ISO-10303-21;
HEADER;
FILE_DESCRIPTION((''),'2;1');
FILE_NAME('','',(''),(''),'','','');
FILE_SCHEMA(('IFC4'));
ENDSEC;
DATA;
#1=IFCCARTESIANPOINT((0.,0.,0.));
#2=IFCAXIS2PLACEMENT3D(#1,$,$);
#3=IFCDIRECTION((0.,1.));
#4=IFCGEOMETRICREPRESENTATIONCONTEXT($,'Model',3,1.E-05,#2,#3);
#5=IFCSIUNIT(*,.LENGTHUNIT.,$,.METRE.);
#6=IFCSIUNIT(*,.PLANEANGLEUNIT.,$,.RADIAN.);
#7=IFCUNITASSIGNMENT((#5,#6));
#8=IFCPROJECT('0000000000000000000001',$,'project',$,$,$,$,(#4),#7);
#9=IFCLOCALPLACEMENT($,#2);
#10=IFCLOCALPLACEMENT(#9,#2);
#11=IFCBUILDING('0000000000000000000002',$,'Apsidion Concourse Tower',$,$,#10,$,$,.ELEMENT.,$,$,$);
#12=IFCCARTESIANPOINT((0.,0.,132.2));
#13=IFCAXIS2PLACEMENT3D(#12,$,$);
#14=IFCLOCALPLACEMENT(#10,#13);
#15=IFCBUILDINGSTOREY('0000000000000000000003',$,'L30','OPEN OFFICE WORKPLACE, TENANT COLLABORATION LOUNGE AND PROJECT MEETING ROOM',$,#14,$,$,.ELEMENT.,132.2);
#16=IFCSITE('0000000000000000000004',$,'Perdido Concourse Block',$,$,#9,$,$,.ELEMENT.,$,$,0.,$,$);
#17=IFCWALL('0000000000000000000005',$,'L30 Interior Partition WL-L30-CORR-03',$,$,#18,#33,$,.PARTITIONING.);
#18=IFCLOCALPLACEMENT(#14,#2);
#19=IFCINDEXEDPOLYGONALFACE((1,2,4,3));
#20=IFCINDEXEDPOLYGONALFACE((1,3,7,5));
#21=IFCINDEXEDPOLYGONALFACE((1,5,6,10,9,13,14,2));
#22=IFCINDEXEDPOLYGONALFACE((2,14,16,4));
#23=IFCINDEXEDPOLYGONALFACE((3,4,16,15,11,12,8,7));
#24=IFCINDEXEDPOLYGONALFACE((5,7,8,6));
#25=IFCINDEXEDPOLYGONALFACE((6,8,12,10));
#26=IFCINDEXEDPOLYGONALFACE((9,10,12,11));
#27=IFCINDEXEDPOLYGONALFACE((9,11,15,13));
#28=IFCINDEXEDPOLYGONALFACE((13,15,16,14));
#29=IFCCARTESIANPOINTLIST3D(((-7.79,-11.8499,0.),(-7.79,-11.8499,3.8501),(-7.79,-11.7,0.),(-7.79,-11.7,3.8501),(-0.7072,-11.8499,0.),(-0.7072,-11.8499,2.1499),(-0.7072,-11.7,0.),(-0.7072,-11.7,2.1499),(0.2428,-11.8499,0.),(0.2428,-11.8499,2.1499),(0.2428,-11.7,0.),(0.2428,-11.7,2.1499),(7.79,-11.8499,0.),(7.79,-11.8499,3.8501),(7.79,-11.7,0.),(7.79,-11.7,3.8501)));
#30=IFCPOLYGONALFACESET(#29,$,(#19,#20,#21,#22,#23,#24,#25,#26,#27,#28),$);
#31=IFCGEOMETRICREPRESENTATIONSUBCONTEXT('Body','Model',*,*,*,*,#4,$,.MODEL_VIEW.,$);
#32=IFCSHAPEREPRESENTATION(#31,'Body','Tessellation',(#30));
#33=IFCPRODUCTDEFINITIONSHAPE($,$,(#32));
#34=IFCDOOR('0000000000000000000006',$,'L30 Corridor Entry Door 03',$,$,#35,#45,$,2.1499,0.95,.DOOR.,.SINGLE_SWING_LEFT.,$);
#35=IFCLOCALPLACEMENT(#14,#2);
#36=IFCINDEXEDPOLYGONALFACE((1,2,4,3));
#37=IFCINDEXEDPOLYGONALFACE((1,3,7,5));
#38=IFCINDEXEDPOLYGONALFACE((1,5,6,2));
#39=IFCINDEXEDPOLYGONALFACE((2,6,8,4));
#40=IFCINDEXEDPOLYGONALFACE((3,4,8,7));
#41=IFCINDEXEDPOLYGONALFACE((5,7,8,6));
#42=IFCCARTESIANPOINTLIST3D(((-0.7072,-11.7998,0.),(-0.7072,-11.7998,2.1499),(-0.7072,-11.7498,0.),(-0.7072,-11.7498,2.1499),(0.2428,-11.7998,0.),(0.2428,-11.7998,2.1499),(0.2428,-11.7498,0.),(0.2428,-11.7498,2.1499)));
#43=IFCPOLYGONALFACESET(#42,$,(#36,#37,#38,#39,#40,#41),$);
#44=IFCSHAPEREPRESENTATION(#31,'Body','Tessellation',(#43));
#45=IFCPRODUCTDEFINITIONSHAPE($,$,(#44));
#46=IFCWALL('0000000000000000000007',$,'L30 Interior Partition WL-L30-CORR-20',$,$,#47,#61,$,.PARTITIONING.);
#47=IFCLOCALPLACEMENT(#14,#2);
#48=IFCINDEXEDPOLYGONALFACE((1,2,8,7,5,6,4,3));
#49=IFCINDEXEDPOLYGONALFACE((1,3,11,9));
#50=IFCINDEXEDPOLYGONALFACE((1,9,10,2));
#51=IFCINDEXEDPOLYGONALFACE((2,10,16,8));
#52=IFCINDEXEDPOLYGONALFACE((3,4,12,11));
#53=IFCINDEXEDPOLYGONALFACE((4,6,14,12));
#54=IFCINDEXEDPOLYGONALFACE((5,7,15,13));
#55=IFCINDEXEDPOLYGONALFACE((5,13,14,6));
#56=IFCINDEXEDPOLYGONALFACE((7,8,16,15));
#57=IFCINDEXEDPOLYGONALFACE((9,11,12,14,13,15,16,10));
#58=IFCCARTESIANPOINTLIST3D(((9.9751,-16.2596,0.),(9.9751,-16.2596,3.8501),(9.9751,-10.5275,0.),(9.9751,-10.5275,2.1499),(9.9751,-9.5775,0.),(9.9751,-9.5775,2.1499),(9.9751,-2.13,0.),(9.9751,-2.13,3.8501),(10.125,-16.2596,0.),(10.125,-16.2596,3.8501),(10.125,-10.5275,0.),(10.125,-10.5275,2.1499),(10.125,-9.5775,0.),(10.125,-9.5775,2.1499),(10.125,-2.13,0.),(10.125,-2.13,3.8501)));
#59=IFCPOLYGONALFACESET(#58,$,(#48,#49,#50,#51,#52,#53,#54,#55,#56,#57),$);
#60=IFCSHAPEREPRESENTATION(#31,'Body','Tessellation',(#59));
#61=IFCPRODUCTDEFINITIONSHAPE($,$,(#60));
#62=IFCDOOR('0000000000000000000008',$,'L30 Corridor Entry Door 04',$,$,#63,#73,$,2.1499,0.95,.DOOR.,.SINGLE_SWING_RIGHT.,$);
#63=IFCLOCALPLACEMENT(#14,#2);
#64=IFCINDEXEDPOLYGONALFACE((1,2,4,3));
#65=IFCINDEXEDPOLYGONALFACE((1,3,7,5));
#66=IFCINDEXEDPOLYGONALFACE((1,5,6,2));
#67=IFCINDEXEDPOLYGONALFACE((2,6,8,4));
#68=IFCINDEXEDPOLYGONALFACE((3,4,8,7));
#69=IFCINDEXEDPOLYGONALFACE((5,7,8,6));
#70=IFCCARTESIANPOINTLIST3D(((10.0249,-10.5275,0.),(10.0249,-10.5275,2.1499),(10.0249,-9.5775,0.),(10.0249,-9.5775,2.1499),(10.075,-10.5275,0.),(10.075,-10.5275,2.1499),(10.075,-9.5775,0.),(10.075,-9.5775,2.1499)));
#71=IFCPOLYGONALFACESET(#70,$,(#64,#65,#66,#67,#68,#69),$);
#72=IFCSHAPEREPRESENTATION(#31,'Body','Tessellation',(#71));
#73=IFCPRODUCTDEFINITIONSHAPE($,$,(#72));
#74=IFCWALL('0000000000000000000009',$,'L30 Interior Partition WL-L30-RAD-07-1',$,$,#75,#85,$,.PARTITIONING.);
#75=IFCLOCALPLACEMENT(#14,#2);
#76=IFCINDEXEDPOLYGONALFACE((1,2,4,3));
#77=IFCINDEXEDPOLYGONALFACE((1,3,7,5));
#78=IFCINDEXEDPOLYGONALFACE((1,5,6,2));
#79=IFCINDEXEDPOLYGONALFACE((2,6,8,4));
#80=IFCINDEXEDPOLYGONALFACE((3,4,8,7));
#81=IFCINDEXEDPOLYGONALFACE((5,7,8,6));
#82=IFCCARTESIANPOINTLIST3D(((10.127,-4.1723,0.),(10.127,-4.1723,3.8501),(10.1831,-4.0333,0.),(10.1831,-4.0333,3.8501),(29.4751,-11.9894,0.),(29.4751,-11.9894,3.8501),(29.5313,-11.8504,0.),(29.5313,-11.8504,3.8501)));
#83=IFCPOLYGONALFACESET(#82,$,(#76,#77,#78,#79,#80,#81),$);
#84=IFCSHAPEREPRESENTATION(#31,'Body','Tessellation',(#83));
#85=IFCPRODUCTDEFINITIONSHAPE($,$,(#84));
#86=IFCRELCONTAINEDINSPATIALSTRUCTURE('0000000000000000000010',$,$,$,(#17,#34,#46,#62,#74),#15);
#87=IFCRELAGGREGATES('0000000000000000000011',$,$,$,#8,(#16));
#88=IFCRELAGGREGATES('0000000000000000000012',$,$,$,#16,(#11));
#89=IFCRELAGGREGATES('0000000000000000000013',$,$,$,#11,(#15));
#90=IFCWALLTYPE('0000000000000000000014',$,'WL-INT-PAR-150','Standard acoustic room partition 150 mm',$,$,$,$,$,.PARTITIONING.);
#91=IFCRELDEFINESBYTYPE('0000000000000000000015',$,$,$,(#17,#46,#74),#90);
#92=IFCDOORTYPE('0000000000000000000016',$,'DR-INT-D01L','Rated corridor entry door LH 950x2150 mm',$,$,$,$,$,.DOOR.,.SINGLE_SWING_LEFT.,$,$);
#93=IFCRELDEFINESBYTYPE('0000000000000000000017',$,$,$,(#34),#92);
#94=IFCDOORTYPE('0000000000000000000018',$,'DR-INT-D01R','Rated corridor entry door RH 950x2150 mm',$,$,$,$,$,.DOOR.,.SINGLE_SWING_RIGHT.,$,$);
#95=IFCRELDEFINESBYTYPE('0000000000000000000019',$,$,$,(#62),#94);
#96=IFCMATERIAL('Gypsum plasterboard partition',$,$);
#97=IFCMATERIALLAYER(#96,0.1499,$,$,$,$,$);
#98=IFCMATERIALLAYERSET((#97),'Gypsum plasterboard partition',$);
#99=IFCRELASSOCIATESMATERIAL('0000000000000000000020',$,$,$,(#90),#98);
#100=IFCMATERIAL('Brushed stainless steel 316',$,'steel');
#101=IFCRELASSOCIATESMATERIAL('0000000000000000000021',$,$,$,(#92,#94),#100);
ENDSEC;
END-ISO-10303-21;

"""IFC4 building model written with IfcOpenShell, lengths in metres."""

from ifc_helpers import new_model, si_unit, direction, frame, frame_2d, origin, place, context, subcontext, project, spatial, rectangle, extrude, material, layer, layer_set, type_object, element, fill, save


model = new_model("IFC4")

# Units and contexts
model_context = context("Model", 3, precision=1e-05, world=origin(), true_north=direction((0.0, 1.0)))
body_context = subcontext(model_context, "Body", "Model", "MODEL_VIEW")
ifc_project = project(units=[si_unit("LENGTHUNIT", "METRE"), si_unit("PLANEANGLEUNIT", "RADIAN")], contexts=[model_context])

# Site, building, storey
site_placement = place(None, origin())
site = spatial("IfcSite", under=ifc_project, at=site_placement, Name="Perdido Concourse Block", CompositionType="ELEMENT", RefElevation=0.0)
building_placement = place(site_placement, origin())
building = spatial("IfcBuilding", under=site, at=building_placement, Name="Apsidion Concourse Tower", CompositionType="ELEMENT")
storey_placement = place(building_placement, frame((0.0, 0.0, 132.2)))
storey = spatial("IfcBuildingStorey", under=building, at=storey_placement, Name="L30", Description="OPEN OFFICE WORKPLACE, TENANT COLLABORATION LOUNGE AND PROJECT MEETING ROOM", CompositionType="ELEMENT", Elevation=132.2)

# Shared definitions
ifc_material_1 = material(Name="Gypsum plasterboard partition")
ifc_layer = layer(ifc_material_1, 0.1499)
ifc_layer_set = layer_set([ifc_layer], Name="Gypsum plasterboard partition")
wall_type = type_object("IfcWallType", Name="WL-INT-PAR-150", Description="Standard acoustic room partition 150 mm", PredefinedType="PARTITIONING", material=ifc_layer_set)

# Walls, openings, doors
wall_1_placement = place(storey_placement, frame((7.79, -11.7749, 0.0), z_axis=(0.0, 0.0, 1.0), x_axis=(-1.0, 0.0, 0.0)))
wall_1 = element("IfcWall", 1, at=wall_1_placement, inside=storey, type_object=wall_type, Name="L30 Interior Partition WL-L30-CORR-03", PredefinedType="PARTITIONING", context=body_context, shape_type="SweptSolid", body=[
    extrude(rectangle(XDim=15.5801, YDim=0.1499, at=frame_2d((7.79, 0.0))), origin(), (0.0, 0.0, 1.0), 3.8501),
])
opening_1_placement = place(wall_1_placement, frame((7.5471, 0.0, 0.0)))
opening_1 = element("IfcOpeningElement", 2, at=opening_1_placement, cuts=wall_1, PredefinedType="OPENING", context=body_context, shape_type="SweptSolid", body=[
    extrude(rectangle(XDim=0.95, YDim=2.1499, at=frame_2d((0.4751, 1.075))), frame((0.0, 0.085, 0.0), z_axis=(0.0, -1.0, 0.0), x_axis=(1.0, 0.0, 0.0)), (0.0, 0.0, 1.0), 0.1699),
])
ifc_material_2 = material(Name="Brushed stainless steel 316", Category="steel")
door_type_1 = type_object("IfcDoorType", Name="DR-INT-D01L", Description="Rated corridor entry door LH 950x2150 mm", OperationType="SINGLE_SWING_LEFT", PredefinedType="DOOR", material=ifc_material_2)
door_1_placement = place(opening_1_placement, origin())
door_1 = element("IfcDoor", 3, at=door_1_placement, inside=storey, type_object=door_type_1, Name="L30 Corridor Entry Door 03", OperationType="SINGLE_SWING_LEFT", OverallHeight=2.1499, OverallWidth=0.95, PredefinedType="DOOR", context=body_context, shape_type="SweptSolid", body=[
    extrude(rectangle(XDim=0.95, YDim=2.1499, at=frame_2d((0.4751, 1.075))), frame((0.0, 0.0249, 0.0), z_axis=(0.0, -1.0, 0.0), x_axis=(1.0, 0.0, 0.0)), (0.0, 0.0, 1.0), 0.05),
])
fill(opening_1, door_1)
wall_2_placement = place(storey_placement, frame((10.05, -2.1299, 0.0), z_axis=(0.0, 0.0, 1.0), x_axis=(0.0, -1.0, 0.0)))
wall_2 = element("IfcWall", 4, at=wall_2_placement, inside=storey, type_object=wall_type, Name="L30 Interior Partition WL-L30-CORR-20", PredefinedType="PARTITIONING", context=body_context, shape_type="SweptSolid", body=[
    extrude(rectangle(XDim=14.1296, YDim=0.1499, at=frame_2d((7.0649, 0.0))), origin(), (0.0, 0.0, 1.0), 3.8501),
])
opening_2_placement = place(wall_2_placement, frame((7.4475, 0.0, 0.0)))
opening_2 = element("IfcOpeningElement", 5, at=opening_2_placement, cuts=wall_2, PredefinedType="OPENING", context=body_context, shape_type="SweptSolid", body=[
    extrude(rectangle(XDim=0.95, YDim=2.1499, at=frame_2d((0.4751, 1.075))), frame((0.0, 0.085, 0.0), z_axis=(0.0, -1.0, 0.0), x_axis=(1.0, 0.0, 0.0)), (0.0, 0.0, 1.0), 0.1699),
])
door_type_2 = type_object("IfcDoorType", Name="DR-INT-D01R", Description="Rated corridor entry door RH 950x2150 mm", OperationType="SINGLE_SWING_RIGHT", PredefinedType="DOOR", material=ifc_material_2)
door_2_placement = place(opening_2_placement, origin())
door_2 = element("IfcDoor", 6, at=door_2_placement, inside=storey, type_object=door_type_2, Name="L30 Corridor Entry Door 04", OperationType="SINGLE_SWING_RIGHT", OverallHeight=2.1499, OverallWidth=0.95, PredefinedType="DOOR", context=body_context, shape_type="SweptSolid", body=[
    extrude(rectangle(XDim=0.95, YDim=2.1499, at=frame_2d((0.4751, 1.075))), frame((0.0, 0.0249, 0.0), z_axis=(0.0, -1.0, 0.0), x_axis=(1.0, 0.0, 0.0)), (0.0, 0.0, 1.0), 0.05),
])
fill(opening_2, door_2)

# Wall
wall_3_placement = place(storey_placement, frame((10.155, -4.1028, 0.0), z_axis=(0.0, 0.0, 1.0), x_axis=(0.927184, -0.374606, 0.0)))
element("IfcWall", 7, at=wall_3_placement, inside=storey, type_object=wall_type, Name="L30 Interior Partition WL-L30-RAD-07-1", PredefinedType="PARTITIONING", context=body_context, shape_type="SweptSolid", body=[
    extrude(rectangle(XDim=20.8677, YDim=0.1499, at=frame_2d((10.4338, 0.0))), origin(), (0.0, 0.0, 1.0), 3.8501),
])

save(model, "model.ifc")
